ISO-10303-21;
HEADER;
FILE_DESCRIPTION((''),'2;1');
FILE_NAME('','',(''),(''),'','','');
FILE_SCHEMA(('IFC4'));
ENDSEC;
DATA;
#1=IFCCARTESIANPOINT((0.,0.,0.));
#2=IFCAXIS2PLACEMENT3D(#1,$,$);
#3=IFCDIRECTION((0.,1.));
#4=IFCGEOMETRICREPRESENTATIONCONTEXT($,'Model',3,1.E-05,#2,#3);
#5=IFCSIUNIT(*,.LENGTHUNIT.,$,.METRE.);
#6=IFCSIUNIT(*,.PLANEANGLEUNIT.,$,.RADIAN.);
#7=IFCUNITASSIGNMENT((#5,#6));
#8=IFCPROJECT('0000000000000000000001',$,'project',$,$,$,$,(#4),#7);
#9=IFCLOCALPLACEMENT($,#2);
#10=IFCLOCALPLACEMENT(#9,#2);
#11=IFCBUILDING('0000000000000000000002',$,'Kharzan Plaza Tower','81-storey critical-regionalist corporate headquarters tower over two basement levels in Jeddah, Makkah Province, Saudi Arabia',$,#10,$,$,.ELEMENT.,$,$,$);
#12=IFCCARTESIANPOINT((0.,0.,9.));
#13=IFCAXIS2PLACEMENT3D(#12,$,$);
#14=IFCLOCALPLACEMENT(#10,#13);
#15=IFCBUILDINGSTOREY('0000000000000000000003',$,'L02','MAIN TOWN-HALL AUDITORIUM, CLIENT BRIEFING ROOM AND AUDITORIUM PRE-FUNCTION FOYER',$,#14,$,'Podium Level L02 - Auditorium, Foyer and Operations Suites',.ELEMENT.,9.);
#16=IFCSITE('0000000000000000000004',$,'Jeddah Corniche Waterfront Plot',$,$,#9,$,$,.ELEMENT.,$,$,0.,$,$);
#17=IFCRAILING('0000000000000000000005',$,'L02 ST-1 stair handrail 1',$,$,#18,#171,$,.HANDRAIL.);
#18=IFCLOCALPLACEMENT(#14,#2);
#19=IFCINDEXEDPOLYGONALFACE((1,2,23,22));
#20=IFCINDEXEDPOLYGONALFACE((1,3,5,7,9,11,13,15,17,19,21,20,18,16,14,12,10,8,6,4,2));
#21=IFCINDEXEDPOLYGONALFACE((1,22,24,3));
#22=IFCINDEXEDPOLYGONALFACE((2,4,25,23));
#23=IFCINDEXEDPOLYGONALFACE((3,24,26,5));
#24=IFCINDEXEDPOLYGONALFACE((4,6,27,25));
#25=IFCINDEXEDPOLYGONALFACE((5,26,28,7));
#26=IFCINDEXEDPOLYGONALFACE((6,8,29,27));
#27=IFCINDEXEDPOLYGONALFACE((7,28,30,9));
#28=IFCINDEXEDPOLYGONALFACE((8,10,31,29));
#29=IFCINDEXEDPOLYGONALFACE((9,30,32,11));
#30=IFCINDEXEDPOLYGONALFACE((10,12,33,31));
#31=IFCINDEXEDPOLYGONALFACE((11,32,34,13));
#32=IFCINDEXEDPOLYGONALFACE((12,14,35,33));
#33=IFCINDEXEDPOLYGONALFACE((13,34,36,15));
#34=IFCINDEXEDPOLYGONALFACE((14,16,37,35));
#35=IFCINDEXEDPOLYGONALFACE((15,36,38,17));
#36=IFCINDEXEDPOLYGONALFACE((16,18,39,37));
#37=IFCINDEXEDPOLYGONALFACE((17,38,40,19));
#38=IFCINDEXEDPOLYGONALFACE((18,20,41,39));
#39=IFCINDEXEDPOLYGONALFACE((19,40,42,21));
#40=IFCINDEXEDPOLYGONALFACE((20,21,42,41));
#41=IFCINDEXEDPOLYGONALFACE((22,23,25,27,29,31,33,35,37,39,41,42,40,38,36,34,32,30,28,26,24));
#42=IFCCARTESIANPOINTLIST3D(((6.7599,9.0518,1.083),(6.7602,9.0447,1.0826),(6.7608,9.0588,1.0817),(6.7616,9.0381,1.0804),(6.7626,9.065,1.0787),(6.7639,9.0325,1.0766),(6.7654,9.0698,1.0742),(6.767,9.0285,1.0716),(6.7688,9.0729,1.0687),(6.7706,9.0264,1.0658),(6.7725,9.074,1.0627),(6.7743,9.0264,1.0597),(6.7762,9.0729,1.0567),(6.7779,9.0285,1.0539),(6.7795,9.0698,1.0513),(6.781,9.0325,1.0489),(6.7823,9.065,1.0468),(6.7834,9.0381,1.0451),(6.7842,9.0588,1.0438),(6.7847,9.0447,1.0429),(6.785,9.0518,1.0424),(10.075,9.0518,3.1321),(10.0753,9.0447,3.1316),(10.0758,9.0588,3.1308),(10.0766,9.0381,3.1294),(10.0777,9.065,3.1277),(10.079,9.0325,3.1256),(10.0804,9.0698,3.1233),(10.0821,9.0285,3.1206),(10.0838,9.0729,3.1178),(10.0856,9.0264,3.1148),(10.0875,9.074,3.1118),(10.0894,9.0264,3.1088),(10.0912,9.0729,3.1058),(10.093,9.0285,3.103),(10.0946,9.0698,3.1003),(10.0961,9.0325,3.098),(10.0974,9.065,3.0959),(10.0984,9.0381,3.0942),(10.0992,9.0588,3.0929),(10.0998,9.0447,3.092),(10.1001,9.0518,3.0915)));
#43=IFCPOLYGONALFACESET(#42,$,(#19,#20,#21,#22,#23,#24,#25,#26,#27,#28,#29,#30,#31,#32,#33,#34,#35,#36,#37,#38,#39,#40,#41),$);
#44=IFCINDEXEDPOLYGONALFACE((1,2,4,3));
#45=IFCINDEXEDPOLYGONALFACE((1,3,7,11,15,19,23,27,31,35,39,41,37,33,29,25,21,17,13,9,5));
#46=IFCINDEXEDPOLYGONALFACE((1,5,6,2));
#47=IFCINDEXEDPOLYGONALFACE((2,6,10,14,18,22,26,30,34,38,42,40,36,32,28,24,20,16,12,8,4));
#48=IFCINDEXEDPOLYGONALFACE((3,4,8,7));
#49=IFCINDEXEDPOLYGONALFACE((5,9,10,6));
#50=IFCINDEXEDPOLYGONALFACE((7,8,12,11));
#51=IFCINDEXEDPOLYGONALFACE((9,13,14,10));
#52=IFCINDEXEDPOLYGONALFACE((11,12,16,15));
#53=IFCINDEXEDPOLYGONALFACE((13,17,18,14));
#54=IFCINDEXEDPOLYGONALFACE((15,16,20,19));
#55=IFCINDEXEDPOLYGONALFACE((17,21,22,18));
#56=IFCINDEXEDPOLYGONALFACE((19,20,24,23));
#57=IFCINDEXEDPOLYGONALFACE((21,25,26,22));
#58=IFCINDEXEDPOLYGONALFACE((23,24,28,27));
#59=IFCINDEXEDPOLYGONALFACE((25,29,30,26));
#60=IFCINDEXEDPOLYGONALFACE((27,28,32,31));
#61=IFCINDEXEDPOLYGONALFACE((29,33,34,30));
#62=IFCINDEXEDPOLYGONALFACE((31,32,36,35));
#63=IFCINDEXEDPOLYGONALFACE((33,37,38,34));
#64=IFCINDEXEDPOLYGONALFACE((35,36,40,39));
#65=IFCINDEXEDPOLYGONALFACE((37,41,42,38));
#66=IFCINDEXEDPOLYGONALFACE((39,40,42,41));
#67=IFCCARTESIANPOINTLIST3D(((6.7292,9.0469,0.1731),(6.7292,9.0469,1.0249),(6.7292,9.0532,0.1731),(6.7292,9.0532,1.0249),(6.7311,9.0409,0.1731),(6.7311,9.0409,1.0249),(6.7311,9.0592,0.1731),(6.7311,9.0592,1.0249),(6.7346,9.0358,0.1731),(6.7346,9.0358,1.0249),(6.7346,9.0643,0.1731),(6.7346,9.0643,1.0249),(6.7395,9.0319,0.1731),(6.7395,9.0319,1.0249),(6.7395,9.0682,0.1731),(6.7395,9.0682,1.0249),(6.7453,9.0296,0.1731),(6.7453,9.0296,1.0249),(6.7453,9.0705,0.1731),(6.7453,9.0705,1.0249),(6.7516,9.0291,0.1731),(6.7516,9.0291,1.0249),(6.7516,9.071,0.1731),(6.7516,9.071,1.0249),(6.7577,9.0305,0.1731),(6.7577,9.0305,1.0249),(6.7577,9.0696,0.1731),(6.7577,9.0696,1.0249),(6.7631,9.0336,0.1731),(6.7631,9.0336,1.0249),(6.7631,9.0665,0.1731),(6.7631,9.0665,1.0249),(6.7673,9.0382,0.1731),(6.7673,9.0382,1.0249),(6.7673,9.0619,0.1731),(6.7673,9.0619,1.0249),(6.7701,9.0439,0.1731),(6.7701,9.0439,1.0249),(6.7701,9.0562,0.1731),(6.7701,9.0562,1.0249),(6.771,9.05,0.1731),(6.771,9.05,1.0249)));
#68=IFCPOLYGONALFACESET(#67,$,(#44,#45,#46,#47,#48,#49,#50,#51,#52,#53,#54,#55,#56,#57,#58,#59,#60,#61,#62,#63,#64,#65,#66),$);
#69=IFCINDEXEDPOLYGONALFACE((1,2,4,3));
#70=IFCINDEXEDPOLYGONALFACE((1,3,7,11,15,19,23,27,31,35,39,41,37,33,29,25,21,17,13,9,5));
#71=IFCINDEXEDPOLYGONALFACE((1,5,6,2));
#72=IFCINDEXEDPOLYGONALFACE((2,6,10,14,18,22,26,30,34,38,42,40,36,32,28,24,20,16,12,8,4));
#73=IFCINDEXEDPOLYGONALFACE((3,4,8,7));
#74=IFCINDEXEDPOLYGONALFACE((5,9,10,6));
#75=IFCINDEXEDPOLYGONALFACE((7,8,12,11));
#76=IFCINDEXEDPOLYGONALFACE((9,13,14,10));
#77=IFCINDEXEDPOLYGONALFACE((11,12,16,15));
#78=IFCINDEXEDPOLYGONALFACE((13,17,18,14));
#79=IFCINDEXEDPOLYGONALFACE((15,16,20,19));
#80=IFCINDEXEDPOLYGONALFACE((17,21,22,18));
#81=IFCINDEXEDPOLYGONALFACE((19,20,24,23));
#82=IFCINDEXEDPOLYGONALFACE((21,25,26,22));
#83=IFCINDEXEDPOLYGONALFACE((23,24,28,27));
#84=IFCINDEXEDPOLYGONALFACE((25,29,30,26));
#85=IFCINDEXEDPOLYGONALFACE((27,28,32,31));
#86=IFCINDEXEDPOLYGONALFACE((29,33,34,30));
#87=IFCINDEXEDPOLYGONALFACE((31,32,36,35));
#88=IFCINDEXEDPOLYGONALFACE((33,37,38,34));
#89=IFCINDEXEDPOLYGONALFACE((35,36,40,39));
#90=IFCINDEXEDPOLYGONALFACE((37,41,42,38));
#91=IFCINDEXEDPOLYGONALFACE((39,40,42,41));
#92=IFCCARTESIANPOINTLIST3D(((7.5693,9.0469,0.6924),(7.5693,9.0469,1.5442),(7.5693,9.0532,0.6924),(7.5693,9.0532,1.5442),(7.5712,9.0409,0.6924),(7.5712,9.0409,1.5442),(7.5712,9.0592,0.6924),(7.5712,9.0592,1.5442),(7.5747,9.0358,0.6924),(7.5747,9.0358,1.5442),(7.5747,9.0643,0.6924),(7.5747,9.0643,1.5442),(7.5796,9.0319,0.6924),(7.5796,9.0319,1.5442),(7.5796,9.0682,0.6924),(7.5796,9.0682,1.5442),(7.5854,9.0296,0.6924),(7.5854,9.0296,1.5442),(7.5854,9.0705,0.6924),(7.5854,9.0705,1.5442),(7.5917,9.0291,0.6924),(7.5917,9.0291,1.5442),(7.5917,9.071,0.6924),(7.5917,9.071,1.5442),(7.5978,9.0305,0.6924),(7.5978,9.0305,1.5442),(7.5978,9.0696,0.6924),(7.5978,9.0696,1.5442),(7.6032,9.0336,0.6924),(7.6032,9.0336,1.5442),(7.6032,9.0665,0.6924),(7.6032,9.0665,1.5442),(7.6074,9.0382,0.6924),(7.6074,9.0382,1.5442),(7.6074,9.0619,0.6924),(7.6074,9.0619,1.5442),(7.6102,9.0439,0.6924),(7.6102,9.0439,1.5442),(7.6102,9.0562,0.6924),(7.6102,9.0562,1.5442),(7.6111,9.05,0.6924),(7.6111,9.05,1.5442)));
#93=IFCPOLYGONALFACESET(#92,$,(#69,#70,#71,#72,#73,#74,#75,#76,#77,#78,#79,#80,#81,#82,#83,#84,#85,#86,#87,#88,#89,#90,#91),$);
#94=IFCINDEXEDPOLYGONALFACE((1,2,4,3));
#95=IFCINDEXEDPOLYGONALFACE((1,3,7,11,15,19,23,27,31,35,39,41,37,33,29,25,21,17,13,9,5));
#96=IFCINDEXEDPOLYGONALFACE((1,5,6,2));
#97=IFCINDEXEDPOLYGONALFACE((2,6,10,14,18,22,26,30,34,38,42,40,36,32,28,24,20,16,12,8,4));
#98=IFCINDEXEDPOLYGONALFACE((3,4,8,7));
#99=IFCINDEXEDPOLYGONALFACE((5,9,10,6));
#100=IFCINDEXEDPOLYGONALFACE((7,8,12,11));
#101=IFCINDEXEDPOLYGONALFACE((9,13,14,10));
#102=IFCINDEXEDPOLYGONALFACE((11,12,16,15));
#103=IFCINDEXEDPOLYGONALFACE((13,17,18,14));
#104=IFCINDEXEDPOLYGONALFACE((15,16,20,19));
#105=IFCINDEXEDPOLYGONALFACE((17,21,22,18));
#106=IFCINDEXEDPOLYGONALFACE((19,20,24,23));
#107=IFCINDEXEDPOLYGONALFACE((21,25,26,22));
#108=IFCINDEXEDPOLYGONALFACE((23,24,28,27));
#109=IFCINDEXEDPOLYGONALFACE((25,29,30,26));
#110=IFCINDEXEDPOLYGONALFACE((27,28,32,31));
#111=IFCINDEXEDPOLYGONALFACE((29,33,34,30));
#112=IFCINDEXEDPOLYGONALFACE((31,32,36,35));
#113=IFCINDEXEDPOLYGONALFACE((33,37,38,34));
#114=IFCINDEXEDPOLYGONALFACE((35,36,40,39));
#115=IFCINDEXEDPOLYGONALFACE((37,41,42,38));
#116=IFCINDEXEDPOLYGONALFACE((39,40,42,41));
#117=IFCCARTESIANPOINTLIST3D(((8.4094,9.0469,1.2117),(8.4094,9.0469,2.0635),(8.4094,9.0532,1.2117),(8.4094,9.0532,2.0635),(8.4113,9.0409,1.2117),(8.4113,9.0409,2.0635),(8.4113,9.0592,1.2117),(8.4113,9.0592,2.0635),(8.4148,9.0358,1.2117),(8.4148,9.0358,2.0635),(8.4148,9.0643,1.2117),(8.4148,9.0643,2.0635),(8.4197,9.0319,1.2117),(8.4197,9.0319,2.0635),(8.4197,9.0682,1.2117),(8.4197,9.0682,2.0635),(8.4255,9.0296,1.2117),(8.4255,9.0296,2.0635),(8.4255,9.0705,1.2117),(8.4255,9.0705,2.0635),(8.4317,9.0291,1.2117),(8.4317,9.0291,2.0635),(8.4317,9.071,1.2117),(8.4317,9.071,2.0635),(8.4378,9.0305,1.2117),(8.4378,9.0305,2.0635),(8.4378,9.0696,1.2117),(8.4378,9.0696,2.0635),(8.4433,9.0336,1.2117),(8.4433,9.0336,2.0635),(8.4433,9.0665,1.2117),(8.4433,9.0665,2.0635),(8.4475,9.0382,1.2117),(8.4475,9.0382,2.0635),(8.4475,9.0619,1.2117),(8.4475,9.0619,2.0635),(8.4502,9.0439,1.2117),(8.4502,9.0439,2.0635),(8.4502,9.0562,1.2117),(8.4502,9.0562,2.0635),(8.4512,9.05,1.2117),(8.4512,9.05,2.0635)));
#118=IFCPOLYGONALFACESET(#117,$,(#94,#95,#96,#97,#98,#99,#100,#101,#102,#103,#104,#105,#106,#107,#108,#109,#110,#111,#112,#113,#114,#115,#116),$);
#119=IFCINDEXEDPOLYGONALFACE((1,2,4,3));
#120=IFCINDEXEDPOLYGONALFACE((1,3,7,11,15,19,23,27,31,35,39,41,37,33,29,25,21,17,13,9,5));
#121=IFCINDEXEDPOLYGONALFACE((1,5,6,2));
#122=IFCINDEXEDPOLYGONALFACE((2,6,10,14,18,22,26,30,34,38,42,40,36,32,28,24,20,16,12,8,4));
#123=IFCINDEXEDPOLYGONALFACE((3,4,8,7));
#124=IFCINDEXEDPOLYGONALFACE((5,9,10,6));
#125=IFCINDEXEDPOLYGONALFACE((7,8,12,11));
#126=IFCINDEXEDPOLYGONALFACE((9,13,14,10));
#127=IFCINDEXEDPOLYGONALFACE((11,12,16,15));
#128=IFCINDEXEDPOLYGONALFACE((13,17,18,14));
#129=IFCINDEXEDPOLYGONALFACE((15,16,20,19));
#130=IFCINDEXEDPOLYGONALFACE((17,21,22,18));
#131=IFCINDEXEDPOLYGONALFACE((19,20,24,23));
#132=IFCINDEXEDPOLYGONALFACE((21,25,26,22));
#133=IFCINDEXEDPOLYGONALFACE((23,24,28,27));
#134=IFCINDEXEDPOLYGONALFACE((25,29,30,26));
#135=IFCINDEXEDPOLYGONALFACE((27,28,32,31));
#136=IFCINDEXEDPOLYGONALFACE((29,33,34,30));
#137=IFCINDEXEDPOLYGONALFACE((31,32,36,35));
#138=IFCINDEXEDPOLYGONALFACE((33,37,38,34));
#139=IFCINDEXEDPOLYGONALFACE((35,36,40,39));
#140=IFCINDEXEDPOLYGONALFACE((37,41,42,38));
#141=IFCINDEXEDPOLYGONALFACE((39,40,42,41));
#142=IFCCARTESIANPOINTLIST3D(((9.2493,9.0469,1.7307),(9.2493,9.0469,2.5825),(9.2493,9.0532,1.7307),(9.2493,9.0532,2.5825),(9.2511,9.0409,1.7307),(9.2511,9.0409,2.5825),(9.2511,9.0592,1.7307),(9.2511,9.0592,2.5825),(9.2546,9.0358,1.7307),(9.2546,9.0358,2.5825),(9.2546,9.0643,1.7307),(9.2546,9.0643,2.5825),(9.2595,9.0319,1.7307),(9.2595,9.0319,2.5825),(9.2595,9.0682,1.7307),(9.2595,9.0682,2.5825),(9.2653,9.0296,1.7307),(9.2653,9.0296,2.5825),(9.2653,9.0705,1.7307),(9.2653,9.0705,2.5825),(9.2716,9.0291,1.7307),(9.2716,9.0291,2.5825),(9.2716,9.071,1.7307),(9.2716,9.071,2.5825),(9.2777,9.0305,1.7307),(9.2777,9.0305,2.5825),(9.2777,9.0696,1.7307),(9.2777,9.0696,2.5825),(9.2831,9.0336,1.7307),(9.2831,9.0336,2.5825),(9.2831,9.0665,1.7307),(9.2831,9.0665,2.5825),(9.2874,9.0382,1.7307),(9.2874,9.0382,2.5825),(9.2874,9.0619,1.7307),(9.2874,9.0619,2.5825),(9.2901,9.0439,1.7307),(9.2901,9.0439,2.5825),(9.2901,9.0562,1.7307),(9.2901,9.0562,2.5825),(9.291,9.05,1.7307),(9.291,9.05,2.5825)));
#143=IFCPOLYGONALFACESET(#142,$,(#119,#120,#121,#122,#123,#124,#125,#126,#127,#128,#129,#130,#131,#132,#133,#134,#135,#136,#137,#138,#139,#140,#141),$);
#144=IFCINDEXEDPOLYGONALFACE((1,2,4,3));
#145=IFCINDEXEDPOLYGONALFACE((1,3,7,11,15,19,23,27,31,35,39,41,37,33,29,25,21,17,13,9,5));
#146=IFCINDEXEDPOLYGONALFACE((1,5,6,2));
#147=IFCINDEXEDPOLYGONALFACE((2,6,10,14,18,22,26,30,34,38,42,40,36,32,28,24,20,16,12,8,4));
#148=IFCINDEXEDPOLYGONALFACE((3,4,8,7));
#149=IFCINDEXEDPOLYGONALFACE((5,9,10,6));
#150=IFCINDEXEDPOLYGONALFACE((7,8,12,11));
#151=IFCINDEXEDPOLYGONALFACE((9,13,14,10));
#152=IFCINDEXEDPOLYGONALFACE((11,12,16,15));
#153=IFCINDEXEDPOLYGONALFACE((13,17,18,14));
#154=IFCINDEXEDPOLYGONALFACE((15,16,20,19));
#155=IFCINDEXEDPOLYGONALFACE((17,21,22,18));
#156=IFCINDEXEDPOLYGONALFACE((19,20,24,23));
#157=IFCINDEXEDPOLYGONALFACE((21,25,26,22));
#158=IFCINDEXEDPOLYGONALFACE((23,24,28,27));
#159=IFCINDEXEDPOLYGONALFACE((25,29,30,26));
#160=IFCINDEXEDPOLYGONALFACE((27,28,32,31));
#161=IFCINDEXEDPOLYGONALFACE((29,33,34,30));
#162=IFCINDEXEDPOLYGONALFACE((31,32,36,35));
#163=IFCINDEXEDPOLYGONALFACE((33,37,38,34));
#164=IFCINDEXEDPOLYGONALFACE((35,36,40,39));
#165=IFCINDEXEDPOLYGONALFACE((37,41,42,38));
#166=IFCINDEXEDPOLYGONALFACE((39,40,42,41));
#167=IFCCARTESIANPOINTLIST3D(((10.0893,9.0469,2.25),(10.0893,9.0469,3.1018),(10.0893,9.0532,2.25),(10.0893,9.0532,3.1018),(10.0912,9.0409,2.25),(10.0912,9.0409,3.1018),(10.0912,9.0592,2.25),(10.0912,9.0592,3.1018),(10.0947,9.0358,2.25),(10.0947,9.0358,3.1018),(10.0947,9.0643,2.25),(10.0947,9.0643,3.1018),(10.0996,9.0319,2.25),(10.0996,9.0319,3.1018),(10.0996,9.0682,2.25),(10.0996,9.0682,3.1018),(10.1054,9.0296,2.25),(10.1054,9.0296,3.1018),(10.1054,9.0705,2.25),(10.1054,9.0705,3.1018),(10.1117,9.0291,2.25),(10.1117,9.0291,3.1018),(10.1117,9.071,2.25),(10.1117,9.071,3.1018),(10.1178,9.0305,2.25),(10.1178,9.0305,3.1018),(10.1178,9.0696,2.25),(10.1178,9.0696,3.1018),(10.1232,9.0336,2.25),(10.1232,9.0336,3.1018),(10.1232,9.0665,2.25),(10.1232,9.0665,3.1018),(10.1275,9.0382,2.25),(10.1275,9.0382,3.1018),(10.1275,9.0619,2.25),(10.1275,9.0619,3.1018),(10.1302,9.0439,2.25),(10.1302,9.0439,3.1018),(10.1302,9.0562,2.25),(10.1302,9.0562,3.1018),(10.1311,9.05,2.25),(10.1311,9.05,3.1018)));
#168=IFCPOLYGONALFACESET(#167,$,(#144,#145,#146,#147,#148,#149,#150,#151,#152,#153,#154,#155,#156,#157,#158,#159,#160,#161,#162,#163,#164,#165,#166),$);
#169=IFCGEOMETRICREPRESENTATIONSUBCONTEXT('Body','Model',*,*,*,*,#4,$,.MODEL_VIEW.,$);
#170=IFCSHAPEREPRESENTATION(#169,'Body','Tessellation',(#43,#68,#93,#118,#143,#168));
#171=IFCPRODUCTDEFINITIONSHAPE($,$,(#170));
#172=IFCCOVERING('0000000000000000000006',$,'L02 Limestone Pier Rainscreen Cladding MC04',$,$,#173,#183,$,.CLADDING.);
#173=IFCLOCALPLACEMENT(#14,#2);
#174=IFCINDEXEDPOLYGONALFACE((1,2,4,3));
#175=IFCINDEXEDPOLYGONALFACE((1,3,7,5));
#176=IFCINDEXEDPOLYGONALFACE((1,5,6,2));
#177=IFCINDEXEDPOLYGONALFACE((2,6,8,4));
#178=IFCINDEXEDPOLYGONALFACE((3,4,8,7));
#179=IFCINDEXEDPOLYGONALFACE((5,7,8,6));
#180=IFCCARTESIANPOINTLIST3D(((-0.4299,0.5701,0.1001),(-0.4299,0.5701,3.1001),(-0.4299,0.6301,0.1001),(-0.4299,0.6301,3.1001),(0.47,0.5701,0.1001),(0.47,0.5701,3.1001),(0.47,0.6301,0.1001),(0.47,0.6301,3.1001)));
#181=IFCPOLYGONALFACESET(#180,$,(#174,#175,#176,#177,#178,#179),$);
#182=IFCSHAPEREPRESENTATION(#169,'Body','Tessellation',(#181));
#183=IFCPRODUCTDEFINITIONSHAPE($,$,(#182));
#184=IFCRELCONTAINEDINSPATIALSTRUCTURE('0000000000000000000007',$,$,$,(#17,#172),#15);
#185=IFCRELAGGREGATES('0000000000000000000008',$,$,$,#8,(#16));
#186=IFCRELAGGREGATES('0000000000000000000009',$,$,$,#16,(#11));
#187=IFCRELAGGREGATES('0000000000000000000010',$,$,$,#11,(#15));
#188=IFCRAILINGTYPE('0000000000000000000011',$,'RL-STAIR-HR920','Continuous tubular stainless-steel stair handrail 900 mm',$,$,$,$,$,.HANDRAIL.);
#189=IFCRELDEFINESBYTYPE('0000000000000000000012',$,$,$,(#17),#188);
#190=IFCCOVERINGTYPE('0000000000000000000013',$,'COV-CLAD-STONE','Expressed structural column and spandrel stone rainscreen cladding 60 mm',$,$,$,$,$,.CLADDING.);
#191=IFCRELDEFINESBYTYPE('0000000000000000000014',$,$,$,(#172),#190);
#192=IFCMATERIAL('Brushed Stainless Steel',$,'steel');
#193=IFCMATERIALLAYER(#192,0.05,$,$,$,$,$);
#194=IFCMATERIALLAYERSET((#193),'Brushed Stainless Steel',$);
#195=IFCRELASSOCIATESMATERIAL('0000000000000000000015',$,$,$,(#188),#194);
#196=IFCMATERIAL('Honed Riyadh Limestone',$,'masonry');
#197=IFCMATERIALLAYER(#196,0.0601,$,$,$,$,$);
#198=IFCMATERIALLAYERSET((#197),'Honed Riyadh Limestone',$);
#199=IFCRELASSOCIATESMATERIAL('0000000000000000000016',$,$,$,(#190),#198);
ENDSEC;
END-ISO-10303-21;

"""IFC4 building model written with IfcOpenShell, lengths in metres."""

from ifc_helpers import new_model, si_unit, direction, frame, origin, origin_2d, place, context, subcontext, project, spatial, rectangle, circle, extrude, source, transform, mapped, material, layer, layer_set, type_object, element, save


model = new_model("IFC4")

# Units and contexts
model_context = context("Model", 3, precision=1e-05, world=origin(), true_north=direction((0.0, 1.0)))
body_context = subcontext(model_context, "Body", "Model", "MODEL_VIEW")
ifc_project = project(units=[si_unit("LENGTHUNIT", "METRE"), si_unit("PLANEANGLEUNIT", "RADIAN")], contexts=[model_context])

# Site, building, storey
site_placement = place(None, origin())
site = spatial("IfcSite", under=ifc_project, at=site_placement, Name="Jeddah Corniche Waterfront Plot", CompositionType="ELEMENT", RefElevation=0.0)
building_placement = place(site_placement, origin())
building = spatial("IfcBuilding", under=site, at=building_placement, Name="Kharzan Plaza Tower", Description="81-storey critical-regionalist corporate headquarters tower over two basement levels in Jeddah, Makkah Province, Saudi Arabia", CompositionType="ELEMENT")
storey_placement = place(building_placement, frame((0.0, 0.0, 9.0)))
storey = spatial("IfcBuildingStorey", under=building, at=storey_placement, Name="L02", Description="MAIN TOWN-HALL AUDITORIUM, CLIENT BRIEFING ROOM AND AUDITORIUM PRE-FUNCTION FOYER", LongName="Podium Level L02 - Auditorium, Foyer and Operations Suites", CompositionType="ELEMENT", Elevation=9.0)

# Railing
ifc_material_1 = material(Name="Brushed Stainless Steel", Category="steel")
ifc_layer_1 = layer(ifc_material_1, 0.05)
ifc_layer_set_1 = layer_set([ifc_layer_1], Name="Brushed Stainless Steel")
railing_type = type_object("IfcRailingType", Name="RL-STAIR-HR920", Description="Continuous tubular stainless-steel stair handrail 900 mm", PredefinedType="HANDRAIL", material=ifc_layer_set_1)
shared_shape_1 = source(origin(), body_context, "Body", "SweptSolid", [
    extrude(circle(Radius=0.0239, at=origin_2d()), frame((0.0225, 0.0, 0.8896), z_axis=(0.850623, 0.0, 0.525776), x_axis=(0.0, 1.0, 0.0)), (0.0, 0.0, 1.0), 3.8972),
    extrude(circle(Radius=0.021, at=origin_2d()), origin(), (0.0, 0.0, 1.0), 0.8518),
    extrude(circle(Radius=0.021, at=origin_2d()), frame((0.8401, 0.0, 0.5193)), (0.0, 0.0, 1.0), 0.8518),
    extrude(circle(Radius=0.021, at=origin_2d()), frame((1.6802, 0.0, 1.0386)), (0.0, 0.0, 1.0), 0.8518),
    extrude(circle(Radius=0.021, at=origin_2d()), frame((2.52, 0.0, 1.5576)), (0.0, 0.0, 1.0), 0.8518),
    extrude(circle(Radius=0.021, at=origin_2d()), frame((3.3601, 0.0, 2.0769)), (0.0, 0.0, 1.0), 0.8518),
])
railing_placement = place(storey_placement, frame((6.75, 9.05, 0.1731)))
element("IfcRailing", 1, at=railing_placement, inside=storey, type_object=railing_type, Name="L02 ST-1 stair handrail 1", PredefinedType="HANDRAIL", context=body_context, shape_type="MappedRepresentation", body=[
    mapped(shared_shape_1, transform((0.0, 0.0, 0.0), x_axis=(1.0, 0.0, 0.0), y_axis=(0.0, 1.0, 0.0), z_axis=(0.0, 0.0, 1.0))),
])

# Covering
ifc_material_2 = material(Name="Honed Riyadh Limestone", Category="masonry")
ifc_layer_2 = layer(ifc_material_2, 0.0601)
ifc_layer_set_2 = layer_set([ifc_layer_2], Name="Honed Riyadh Limestone")
covering_type_1 = type_object("IfcCoveringType", Name="COV-CLAD-STONE", Description="Expressed structural column and spandrel stone rainscreen cladding 60 mm", PredefinedType="CLADDING", material=ifc_layer_set_2)
shared_shape_2 = source(origin(), body_context, "Body", "SweptSolid", [
    extrude(rectangle(XDim=0.0601, YDim=0.8999, at=origin_2d()), origin(), (0.0, 0.0, 1.0), 3.0),
])
covering_1_placement = place(storey_placement, frame((0.02, 0.6001, 0.1001), z_axis=(0.0, 0.0, 1.0), x_axis=(0.0, 1.0, 0.0)))
element("IfcCovering", 2, at=covering_1_placement, inside=storey, type_object=covering_type_1, Name="L02 Limestone Pier Rainscreen Cladding MC04", PredefinedType="CLADDING", context=body_context, shape_type="MappedRepresentation", body=[
    mapped(shared_shape_2, transform((0.0, 0.0, 0.0), x_axis=(1.0, 0.0, 0.0), y_axis=(0.0, 1.0, 0.0), z_axis=(0.0, 0.0, 1.0))),
])

save(model, "model.ifc")
